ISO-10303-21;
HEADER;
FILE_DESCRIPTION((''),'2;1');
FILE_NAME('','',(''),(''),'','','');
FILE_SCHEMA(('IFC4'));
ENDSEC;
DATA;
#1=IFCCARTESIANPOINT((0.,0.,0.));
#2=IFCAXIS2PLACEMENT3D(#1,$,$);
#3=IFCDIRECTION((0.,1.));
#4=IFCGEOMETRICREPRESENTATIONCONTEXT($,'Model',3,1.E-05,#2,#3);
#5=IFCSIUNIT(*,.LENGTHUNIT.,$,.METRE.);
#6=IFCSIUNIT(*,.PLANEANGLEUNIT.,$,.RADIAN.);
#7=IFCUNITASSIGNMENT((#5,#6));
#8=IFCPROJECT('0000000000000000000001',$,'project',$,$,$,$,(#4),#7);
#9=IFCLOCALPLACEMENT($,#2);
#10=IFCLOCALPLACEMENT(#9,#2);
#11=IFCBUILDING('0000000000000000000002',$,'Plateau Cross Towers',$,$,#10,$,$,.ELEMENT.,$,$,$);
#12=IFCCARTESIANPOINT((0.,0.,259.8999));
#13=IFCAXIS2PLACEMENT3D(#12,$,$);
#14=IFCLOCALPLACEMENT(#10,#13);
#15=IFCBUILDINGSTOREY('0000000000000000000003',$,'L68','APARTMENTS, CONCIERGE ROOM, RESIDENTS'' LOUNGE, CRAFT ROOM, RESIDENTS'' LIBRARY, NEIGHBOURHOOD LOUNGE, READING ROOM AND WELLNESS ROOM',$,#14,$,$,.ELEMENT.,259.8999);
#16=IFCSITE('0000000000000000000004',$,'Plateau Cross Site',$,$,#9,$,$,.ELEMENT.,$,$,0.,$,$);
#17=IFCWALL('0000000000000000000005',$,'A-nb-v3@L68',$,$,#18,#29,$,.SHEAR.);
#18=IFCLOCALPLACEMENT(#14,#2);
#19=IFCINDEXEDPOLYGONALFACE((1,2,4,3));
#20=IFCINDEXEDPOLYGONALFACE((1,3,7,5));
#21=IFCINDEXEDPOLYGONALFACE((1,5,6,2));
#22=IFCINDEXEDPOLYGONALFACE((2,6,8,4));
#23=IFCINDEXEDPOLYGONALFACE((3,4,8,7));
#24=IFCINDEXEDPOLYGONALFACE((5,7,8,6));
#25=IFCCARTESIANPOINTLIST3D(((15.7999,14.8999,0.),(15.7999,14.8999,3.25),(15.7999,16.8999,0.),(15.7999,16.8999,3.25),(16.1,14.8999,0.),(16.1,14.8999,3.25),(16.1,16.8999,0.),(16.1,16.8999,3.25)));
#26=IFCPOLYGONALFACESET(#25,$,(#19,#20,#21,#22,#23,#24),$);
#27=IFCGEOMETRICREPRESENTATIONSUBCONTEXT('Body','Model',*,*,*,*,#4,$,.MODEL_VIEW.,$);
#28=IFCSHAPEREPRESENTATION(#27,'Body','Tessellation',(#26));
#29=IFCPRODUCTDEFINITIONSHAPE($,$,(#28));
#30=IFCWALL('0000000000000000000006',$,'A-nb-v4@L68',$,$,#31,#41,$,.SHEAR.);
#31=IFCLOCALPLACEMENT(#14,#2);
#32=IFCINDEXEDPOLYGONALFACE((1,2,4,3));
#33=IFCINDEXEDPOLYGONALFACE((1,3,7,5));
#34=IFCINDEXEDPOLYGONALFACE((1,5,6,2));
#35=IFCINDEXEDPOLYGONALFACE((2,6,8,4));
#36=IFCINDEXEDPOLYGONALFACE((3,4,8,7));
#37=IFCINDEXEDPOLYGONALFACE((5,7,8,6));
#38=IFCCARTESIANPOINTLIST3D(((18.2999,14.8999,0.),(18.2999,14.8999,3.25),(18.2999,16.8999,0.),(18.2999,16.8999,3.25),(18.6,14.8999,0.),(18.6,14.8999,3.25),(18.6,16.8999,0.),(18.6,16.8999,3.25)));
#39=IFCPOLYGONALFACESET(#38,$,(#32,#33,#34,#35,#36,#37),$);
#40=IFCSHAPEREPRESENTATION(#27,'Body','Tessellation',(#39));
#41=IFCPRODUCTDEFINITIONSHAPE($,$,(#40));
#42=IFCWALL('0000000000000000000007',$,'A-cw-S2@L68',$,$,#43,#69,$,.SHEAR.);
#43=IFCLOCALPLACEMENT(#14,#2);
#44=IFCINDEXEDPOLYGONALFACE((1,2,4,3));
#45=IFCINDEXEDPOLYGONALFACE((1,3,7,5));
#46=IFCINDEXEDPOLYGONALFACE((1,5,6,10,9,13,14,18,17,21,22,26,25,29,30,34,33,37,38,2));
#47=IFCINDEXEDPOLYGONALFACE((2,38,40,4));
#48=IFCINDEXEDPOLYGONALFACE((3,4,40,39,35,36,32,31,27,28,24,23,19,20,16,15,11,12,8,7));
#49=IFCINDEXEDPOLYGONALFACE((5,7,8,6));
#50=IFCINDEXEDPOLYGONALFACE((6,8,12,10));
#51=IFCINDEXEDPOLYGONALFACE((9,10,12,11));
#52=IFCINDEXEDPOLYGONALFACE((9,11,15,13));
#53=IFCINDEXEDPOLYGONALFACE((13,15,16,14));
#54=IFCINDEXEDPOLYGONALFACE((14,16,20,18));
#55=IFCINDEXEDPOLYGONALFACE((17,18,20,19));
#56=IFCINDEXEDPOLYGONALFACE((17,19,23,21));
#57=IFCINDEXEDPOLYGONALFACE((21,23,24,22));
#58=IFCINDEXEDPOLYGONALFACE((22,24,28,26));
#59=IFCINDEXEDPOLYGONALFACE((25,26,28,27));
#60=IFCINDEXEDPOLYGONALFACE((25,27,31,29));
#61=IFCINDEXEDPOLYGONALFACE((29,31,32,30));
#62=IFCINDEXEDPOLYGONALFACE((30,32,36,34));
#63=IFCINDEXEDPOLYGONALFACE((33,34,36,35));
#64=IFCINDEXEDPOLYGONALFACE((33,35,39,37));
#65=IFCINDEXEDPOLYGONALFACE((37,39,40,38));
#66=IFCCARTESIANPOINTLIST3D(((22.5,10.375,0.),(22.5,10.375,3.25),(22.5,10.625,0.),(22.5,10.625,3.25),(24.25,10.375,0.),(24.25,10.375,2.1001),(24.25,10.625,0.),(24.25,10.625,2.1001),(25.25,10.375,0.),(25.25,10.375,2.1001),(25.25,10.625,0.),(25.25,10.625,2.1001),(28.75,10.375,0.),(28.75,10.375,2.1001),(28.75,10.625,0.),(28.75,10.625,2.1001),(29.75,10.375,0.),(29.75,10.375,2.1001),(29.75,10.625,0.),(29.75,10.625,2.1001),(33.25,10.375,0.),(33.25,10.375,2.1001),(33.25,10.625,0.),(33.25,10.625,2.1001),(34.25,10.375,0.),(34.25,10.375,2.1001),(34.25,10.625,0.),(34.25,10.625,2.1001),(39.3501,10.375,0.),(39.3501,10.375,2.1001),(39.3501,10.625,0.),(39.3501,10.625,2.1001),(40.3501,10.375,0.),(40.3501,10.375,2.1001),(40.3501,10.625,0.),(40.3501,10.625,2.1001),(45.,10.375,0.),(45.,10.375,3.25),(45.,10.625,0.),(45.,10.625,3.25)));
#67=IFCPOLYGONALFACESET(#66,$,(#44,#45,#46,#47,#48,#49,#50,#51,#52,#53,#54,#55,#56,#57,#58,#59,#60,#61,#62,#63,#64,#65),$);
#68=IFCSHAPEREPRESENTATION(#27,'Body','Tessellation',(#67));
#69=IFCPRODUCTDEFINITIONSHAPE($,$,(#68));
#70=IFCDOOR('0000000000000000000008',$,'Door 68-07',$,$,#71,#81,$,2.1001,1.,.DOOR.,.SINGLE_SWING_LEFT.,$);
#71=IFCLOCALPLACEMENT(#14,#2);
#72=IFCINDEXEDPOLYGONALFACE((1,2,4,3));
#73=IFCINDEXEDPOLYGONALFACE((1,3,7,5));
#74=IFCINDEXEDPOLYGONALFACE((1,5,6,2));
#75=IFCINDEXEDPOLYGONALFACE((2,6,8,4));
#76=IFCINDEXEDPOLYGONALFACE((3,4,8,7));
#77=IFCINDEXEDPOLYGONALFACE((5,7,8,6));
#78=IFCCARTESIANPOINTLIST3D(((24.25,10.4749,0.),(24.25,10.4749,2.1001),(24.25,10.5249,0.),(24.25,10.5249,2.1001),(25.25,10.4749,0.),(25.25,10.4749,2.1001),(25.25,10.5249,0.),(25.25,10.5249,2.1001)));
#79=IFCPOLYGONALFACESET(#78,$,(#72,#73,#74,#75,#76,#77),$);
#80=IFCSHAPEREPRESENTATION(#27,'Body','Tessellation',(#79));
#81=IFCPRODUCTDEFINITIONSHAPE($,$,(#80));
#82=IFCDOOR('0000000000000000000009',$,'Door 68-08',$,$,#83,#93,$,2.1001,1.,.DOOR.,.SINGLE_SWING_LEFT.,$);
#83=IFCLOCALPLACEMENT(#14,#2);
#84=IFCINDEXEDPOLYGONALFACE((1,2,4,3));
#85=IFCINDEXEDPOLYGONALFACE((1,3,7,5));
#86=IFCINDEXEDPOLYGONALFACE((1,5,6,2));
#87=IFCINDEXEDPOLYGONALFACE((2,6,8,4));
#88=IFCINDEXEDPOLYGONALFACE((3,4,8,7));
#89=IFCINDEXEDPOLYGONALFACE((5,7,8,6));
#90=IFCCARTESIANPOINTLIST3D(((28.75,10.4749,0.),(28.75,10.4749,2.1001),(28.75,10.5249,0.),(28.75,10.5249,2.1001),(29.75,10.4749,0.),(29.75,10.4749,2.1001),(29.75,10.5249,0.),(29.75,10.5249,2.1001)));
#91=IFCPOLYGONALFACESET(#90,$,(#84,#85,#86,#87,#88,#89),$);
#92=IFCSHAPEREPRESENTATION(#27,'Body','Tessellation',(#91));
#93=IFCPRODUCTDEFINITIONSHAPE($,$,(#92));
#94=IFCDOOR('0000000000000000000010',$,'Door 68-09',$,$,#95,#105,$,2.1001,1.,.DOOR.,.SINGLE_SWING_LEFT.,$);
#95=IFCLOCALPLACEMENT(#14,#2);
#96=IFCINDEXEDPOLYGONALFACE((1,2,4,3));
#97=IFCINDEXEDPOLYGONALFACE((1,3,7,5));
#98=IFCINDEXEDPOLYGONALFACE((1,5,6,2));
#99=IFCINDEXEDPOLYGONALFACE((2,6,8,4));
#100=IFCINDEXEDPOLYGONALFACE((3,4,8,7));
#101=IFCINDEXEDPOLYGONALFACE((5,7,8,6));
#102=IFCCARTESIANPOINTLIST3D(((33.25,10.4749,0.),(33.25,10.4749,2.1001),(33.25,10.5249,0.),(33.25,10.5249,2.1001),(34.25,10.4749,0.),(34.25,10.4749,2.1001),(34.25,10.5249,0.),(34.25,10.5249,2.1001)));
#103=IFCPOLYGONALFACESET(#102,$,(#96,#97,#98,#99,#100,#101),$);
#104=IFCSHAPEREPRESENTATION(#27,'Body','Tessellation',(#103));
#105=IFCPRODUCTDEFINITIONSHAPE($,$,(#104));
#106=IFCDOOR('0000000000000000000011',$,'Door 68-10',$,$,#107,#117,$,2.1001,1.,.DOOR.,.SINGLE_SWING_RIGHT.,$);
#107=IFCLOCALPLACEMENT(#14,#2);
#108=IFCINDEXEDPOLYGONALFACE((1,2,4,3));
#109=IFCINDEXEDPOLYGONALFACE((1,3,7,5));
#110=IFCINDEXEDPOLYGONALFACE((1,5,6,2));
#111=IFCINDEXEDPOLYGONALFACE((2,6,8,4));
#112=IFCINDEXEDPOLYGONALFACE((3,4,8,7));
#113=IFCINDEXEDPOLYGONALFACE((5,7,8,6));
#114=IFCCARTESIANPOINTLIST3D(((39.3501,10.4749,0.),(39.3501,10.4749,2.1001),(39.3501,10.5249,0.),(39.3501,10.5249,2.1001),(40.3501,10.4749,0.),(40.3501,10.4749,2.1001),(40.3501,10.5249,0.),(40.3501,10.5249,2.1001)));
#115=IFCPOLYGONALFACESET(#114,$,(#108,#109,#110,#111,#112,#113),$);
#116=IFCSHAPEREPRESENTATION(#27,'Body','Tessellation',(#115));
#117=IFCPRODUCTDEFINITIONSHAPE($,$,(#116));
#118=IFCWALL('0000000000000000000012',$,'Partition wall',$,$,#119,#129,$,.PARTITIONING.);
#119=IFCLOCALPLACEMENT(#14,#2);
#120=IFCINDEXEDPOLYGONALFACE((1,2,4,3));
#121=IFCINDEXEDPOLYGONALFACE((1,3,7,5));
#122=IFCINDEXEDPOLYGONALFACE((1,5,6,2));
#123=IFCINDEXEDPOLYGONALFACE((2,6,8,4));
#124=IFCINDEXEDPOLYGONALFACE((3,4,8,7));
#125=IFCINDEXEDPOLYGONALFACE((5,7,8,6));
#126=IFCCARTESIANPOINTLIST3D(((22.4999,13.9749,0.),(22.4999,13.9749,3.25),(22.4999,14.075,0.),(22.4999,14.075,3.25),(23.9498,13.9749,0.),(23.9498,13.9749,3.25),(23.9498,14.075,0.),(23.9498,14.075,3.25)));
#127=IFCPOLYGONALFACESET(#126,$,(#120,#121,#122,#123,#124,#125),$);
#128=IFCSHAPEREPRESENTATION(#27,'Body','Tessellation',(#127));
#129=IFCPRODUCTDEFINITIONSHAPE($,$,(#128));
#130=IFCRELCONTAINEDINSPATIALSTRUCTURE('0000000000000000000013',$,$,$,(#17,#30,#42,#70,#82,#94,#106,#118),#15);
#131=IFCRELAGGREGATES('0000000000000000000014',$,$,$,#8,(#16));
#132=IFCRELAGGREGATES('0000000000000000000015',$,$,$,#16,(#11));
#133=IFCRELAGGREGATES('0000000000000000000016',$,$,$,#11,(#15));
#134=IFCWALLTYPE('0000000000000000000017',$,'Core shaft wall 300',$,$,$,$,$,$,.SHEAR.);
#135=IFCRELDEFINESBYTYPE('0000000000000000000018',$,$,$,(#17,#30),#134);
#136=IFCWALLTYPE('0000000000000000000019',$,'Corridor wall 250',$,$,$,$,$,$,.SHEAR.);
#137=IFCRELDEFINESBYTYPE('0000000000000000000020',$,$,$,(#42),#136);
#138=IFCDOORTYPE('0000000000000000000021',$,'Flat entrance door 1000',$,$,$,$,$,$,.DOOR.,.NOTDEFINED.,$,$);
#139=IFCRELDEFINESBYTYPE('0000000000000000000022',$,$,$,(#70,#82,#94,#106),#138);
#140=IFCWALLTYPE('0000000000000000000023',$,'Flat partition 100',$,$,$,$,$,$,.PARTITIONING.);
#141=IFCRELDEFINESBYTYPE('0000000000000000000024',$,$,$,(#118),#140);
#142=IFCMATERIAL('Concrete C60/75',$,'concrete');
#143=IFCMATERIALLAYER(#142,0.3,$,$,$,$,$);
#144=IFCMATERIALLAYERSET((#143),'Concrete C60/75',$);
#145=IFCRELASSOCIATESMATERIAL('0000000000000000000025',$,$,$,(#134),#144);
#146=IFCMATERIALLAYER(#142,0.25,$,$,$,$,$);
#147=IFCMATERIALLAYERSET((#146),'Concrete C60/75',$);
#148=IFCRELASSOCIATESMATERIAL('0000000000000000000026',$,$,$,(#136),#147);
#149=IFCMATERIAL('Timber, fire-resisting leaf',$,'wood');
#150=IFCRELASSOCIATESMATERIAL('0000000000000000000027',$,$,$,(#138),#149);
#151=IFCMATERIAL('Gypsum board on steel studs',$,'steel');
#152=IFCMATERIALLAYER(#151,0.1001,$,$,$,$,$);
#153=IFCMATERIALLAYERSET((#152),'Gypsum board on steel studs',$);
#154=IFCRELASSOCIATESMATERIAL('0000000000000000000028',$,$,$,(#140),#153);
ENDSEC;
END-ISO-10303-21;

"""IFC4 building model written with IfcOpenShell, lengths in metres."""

from ifc_helpers import new_model, si_unit, direction, frame, frame_2d, origin, place, context, subcontext, project, spatial, rectangle, extrude, material, layer, layer_set, type_object, element, fill, save


model = new_model("IFC4")

# Units and contexts
model_context = context("Model", 3, precision=1e-05, world=origin(), true_north=direction((0.0, 1.0)))
body_context = subcontext(model_context, "Body", "Model", "MODEL_VIEW")
ifc_project = project(units=[si_unit("LENGTHUNIT", "METRE"), si_unit("PLANEANGLEUNIT", "RADIAN")], contexts=[model_context])

# Site, building, storey
site_placement = place(None, origin())
site = spatial("IfcSite", under=ifc_project, at=site_placement, Name="Plateau Cross Site", CompositionType="ELEMENT", RefElevation=0.0)
building_placement = place(site_placement, origin())
building = spatial("IfcBuilding", under=site, at=building_placement, Name="Plateau Cross Towers", CompositionType="ELEMENT")
storey_placement = place(building_placement, frame((0.0, 0.0, 259.8999)))
storey = spatial("IfcBuildingStorey", under=building, at=storey_placement, Name="L68", Description="APARTMENTS, CONCIERGE ROOM, RESIDENTS' LOUNGE, CRAFT ROOM, RESIDENTS' LIBRARY, NEIGHBOURHOOD LOUNGE, READING ROOM AND WELLNESS ROOM", CompositionType="ELEMENT", Elevation=259.8999)

# Shared definitions
ifc_material_1 = material(Name="Concrete C60/75", Category="concrete")

# Walls
ifc_layer_1 = layer(ifc_material_1, 0.3)
ifc_layer_set_1 = layer_set([ifc_layer_1], Name="Concrete C60/75")
wall_type_1 = type_object("IfcWallType", Name="Core shaft wall 300", PredefinedType="SHEAR", material=ifc_layer_set_1)
for number, where, z_axis, x_axis, name in (
    (1, (15.95, 14.8999, 0.0), (0.0, 0.0, 1.0), (0.0, 1.0, 0.0), "A-nb-v3@L68"),
    (2, (18.45, 14.8999, 0.0), (0.0, 0.0, 1.0), (0.0, 1.0, 0.0), "A-nb-v4@L68"),
):
    element("IfcWall", number, at=place(storey_placement, frame(where, z_axis=z_axis, x_axis=x_axis)), inside=storey, type_object=wall_type_1, Name=name, PredefinedType="SHEAR", context=body_context, shape_type="SweptSolid", body=[
        extrude(rectangle(XDim=2.0, YDim=0.3, at=frame_2d((1.0, 0.0))), origin(), (0.0, 0.0, 1.0), 3.25),
    ])

# Wall, openings, doors
ifc_layer_2 = layer(ifc_material_1, 0.25)
ifc_layer_set_2 = layer_set([ifc_layer_2], Name="Concrete C60/75")
wall_type_2 = type_object("IfcWallType", Name="Corridor wall 250", PredefinedType="SHEAR", material=ifc_layer_set_2)
wall_1_placement = place(storey_placement, frame((22.5, 10.5, 0.0), z_axis=(0.0, 0.0, 1.0), x_axis=(1.0, 0.0, 0.0)))
wall_1 = element("IfcWall", 3, at=wall_1_placement, inside=storey, type_object=wall_type_2, Name="A-cw-S2@L68", PredefinedType="SHEAR", context=body_context, shape_type="SweptSolid", body=[
    extrude(rectangle(XDim=22.5, YDim=0.25, at=frame_2d((11.25, 0.0))), origin(), (0.0, 0.0, 1.0), 3.25),
])
opening_1_placement = place(wall_1_placement, frame((1.75, 0.0, 0.0)))
opening_1 = element("IfcOpeningElement", 4, at=opening_1_placement, cuts=wall_1, PredefinedType="OPENING", context=body_context, shape_type="SweptSolid", body=[
    extrude(rectangle(XDim=1.0, YDim=2.1001, at=frame_2d((0.5, 1.05))), frame((0.0, 0.135, 0.0), z_axis=(0.0, -1.0, 0.0), x_axis=(1.0, 0.0, 0.0)), (0.0, 0.0, 1.0), 0.27),
])
opening_2_placement = place(wall_1_placement, frame((6.25, 0.0, 0.0)))
opening_2 = element("IfcOpeningElement", 5, at=opening_2_placement, cuts=wall_1, PredefinedType="OPENING", context=body_context, shape_type="SweptSolid", body=[
    extrude(rectangle(XDim=1.0, YDim=2.1001, at=frame_2d((0.5, 1.05))), frame((0.0, 0.135, 0.0), z_axis=(0.0, -1.0, 0.0), x_axis=(1.0, 0.0, 0.0)), (0.0, 0.0, 1.0), 0.27),
])
opening_3_placement = place(wall_1_placement, frame((10.75, 0.0, 0.0)))
opening_3 = element("IfcOpeningElement", 6, at=opening_3_placement, cuts=wall_1, PredefinedType="OPENING", context=body_context, shape_type="SweptSolid", body=[
    extrude(rectangle(XDim=1.0, YDim=2.1001, at=frame_2d((0.5, 1.05))), frame((0.0, 0.135, 0.0), z_axis=(0.0, -1.0, 0.0), x_axis=(1.0, 0.0, 0.0)), (0.0, 0.0, 1.0), 0.27),
])
opening_4_placement = place(wall_1_placement, frame((16.8501, 0.0, 0.0)))
opening_4 = element("IfcOpeningElement", 7, at=opening_4_placement, cuts=wall_1, PredefinedType="OPENING", context=body_context, shape_type="SweptSolid", body=[
    extrude(rectangle(XDim=1.0, YDim=2.1001, at=frame_2d((0.5, 1.05))), frame((0.0, 0.135, 0.0), z_axis=(0.0, -1.0, 0.0), x_axis=(1.0, 0.0, 0.0)), (0.0, 0.0, 1.0), 0.27),
])
ifc_material_2 = material(Name="Timber, fire-resisting leaf", Category="wood")
door_type_1 = type_object("IfcDoorType", Name="Flat entrance door 1000", OperationType="NOTDEFINED", PredefinedType="DOOR", material=ifc_material_2)
door_1_placement = place(opening_1_placement, origin())
door_1 = element("IfcDoor", 8, at=door_1_placement, inside=storey, type_object=door_type_1, Name="Door 68-07", OperationType="SINGLE_SWING_LEFT", OverallHeight=2.1001, OverallWidth=1.0, PredefinedType="DOOR", context=body_context, shape_type="SweptSolid", body=[
    extrude(rectangle(XDim=1.0, YDim=2.1001, at=frame_2d((0.5, 1.05))), frame((0.0, 0.0249, 0.0), z_axis=(0.0, -1.0, 0.0), x_axis=(1.0, 0.0, 0.0)), (0.0, 0.0, 1.0), 0.05),
])
fill(opening_1, door_1)
door_2_placement = place(opening_2_placement, origin())
door_2 = element("IfcDoor", 9, at=door_2_placement, inside=storey, type_object=door_type_1, Name="Door 68-08", OperationType="SINGLE_SWING_LEFT", OverallHeight=2.1001, OverallWidth=1.0, PredefinedType="DOOR", context=body_context, shape_type="SweptSolid", body=[
    extrude(rectangle(XDim=1.0, YDim=2.1001, at=frame_2d((0.5, 1.05))), frame((0.0, 0.0249, 0.0), z_axis=(0.0, -1.0, 0.0), x_axis=(1.0, 0.0, 0.0)), (0.0, 0.0, 1.0), 0.05),
])
fill(opening_2, door_2)
door_3_placement = place(opening_3_placement, origin())
door_3 = element("IfcDoor", 10, at=door_3_placement, inside=storey, type_object=door_type_1, Name="Door 68-09", OperationType="SINGLE_SWING_LEFT", OverallHeight=2.1001, OverallWidth=1.0, PredefinedType="DOOR", context=body_context, shape_type="SweptSolid", body=[
    extrude(rectangle(XDim=1.0, YDim=2.1001, at=frame_2d((0.5, 1.05))), frame((0.0, 0.0249, 0.0), z_axis=(0.0, -1.0, 0.0), x_axis=(1.0, 0.0, 0.0)), (0.0, 0.0, 1.0), 0.05),
])
fill(opening_3, door_3)
door_4_placement = place(opening_4_placement, origin())
door_4 = element("IfcDoor", 11, at=door_4_placement, inside=storey, type_object=door_type_1, Name="Door 68-10", OperationType="SINGLE_SWING_RIGHT", OverallHeight=2.1001, OverallWidth=1.0, PredefinedType="DOOR", context=body_context, shape_type="SweptSolid", body=[
    extrude(rectangle(XDim=1.0, YDim=2.1001, at=frame_2d((0.5, 1.05))), frame((0.0, 0.0249, 0.0), z_axis=(0.0, -1.0, 0.0), x_axis=(1.0, 0.0, 0.0)), (0.0, 0.0, 1.0), 0.05),
])
fill(opening_4, door_4)

# Wall
ifc_material_3 = material(Name="Gypsum board on steel studs", Category="steel")
ifc_layer_3 = layer(ifc_material_3, 0.1001)
ifc_layer_set_3 = layer_set([ifc_layer_3], Name="Gypsum board on steel studs")
wall_type_3 = type_object("IfcWallType", Name="Flat partition 100", PredefinedType="PARTITIONING", material=ifc_layer_set_3)
wall_2_placement = place(storey_placement, frame((23.95, 14.0249, 0.0), z_axis=(0.0, 0.0, 1.0), x_axis=(-1.0, 0.0, 0.0)))
element("IfcWall", 12, at=wall_2_placement, inside=storey, type_object=wall_type_3, Name="Partition wall", PredefinedType="PARTITIONING", context=body_context, shape_type="SweptSolid", body=[
    extrude(rectangle(XDim=1.45, YDim=0.1001, at=frame_2d((0.7251, 0.0))), origin(), (0.0, 0.0, 1.0), 3.25),
])

save(model, "model.ifc")
